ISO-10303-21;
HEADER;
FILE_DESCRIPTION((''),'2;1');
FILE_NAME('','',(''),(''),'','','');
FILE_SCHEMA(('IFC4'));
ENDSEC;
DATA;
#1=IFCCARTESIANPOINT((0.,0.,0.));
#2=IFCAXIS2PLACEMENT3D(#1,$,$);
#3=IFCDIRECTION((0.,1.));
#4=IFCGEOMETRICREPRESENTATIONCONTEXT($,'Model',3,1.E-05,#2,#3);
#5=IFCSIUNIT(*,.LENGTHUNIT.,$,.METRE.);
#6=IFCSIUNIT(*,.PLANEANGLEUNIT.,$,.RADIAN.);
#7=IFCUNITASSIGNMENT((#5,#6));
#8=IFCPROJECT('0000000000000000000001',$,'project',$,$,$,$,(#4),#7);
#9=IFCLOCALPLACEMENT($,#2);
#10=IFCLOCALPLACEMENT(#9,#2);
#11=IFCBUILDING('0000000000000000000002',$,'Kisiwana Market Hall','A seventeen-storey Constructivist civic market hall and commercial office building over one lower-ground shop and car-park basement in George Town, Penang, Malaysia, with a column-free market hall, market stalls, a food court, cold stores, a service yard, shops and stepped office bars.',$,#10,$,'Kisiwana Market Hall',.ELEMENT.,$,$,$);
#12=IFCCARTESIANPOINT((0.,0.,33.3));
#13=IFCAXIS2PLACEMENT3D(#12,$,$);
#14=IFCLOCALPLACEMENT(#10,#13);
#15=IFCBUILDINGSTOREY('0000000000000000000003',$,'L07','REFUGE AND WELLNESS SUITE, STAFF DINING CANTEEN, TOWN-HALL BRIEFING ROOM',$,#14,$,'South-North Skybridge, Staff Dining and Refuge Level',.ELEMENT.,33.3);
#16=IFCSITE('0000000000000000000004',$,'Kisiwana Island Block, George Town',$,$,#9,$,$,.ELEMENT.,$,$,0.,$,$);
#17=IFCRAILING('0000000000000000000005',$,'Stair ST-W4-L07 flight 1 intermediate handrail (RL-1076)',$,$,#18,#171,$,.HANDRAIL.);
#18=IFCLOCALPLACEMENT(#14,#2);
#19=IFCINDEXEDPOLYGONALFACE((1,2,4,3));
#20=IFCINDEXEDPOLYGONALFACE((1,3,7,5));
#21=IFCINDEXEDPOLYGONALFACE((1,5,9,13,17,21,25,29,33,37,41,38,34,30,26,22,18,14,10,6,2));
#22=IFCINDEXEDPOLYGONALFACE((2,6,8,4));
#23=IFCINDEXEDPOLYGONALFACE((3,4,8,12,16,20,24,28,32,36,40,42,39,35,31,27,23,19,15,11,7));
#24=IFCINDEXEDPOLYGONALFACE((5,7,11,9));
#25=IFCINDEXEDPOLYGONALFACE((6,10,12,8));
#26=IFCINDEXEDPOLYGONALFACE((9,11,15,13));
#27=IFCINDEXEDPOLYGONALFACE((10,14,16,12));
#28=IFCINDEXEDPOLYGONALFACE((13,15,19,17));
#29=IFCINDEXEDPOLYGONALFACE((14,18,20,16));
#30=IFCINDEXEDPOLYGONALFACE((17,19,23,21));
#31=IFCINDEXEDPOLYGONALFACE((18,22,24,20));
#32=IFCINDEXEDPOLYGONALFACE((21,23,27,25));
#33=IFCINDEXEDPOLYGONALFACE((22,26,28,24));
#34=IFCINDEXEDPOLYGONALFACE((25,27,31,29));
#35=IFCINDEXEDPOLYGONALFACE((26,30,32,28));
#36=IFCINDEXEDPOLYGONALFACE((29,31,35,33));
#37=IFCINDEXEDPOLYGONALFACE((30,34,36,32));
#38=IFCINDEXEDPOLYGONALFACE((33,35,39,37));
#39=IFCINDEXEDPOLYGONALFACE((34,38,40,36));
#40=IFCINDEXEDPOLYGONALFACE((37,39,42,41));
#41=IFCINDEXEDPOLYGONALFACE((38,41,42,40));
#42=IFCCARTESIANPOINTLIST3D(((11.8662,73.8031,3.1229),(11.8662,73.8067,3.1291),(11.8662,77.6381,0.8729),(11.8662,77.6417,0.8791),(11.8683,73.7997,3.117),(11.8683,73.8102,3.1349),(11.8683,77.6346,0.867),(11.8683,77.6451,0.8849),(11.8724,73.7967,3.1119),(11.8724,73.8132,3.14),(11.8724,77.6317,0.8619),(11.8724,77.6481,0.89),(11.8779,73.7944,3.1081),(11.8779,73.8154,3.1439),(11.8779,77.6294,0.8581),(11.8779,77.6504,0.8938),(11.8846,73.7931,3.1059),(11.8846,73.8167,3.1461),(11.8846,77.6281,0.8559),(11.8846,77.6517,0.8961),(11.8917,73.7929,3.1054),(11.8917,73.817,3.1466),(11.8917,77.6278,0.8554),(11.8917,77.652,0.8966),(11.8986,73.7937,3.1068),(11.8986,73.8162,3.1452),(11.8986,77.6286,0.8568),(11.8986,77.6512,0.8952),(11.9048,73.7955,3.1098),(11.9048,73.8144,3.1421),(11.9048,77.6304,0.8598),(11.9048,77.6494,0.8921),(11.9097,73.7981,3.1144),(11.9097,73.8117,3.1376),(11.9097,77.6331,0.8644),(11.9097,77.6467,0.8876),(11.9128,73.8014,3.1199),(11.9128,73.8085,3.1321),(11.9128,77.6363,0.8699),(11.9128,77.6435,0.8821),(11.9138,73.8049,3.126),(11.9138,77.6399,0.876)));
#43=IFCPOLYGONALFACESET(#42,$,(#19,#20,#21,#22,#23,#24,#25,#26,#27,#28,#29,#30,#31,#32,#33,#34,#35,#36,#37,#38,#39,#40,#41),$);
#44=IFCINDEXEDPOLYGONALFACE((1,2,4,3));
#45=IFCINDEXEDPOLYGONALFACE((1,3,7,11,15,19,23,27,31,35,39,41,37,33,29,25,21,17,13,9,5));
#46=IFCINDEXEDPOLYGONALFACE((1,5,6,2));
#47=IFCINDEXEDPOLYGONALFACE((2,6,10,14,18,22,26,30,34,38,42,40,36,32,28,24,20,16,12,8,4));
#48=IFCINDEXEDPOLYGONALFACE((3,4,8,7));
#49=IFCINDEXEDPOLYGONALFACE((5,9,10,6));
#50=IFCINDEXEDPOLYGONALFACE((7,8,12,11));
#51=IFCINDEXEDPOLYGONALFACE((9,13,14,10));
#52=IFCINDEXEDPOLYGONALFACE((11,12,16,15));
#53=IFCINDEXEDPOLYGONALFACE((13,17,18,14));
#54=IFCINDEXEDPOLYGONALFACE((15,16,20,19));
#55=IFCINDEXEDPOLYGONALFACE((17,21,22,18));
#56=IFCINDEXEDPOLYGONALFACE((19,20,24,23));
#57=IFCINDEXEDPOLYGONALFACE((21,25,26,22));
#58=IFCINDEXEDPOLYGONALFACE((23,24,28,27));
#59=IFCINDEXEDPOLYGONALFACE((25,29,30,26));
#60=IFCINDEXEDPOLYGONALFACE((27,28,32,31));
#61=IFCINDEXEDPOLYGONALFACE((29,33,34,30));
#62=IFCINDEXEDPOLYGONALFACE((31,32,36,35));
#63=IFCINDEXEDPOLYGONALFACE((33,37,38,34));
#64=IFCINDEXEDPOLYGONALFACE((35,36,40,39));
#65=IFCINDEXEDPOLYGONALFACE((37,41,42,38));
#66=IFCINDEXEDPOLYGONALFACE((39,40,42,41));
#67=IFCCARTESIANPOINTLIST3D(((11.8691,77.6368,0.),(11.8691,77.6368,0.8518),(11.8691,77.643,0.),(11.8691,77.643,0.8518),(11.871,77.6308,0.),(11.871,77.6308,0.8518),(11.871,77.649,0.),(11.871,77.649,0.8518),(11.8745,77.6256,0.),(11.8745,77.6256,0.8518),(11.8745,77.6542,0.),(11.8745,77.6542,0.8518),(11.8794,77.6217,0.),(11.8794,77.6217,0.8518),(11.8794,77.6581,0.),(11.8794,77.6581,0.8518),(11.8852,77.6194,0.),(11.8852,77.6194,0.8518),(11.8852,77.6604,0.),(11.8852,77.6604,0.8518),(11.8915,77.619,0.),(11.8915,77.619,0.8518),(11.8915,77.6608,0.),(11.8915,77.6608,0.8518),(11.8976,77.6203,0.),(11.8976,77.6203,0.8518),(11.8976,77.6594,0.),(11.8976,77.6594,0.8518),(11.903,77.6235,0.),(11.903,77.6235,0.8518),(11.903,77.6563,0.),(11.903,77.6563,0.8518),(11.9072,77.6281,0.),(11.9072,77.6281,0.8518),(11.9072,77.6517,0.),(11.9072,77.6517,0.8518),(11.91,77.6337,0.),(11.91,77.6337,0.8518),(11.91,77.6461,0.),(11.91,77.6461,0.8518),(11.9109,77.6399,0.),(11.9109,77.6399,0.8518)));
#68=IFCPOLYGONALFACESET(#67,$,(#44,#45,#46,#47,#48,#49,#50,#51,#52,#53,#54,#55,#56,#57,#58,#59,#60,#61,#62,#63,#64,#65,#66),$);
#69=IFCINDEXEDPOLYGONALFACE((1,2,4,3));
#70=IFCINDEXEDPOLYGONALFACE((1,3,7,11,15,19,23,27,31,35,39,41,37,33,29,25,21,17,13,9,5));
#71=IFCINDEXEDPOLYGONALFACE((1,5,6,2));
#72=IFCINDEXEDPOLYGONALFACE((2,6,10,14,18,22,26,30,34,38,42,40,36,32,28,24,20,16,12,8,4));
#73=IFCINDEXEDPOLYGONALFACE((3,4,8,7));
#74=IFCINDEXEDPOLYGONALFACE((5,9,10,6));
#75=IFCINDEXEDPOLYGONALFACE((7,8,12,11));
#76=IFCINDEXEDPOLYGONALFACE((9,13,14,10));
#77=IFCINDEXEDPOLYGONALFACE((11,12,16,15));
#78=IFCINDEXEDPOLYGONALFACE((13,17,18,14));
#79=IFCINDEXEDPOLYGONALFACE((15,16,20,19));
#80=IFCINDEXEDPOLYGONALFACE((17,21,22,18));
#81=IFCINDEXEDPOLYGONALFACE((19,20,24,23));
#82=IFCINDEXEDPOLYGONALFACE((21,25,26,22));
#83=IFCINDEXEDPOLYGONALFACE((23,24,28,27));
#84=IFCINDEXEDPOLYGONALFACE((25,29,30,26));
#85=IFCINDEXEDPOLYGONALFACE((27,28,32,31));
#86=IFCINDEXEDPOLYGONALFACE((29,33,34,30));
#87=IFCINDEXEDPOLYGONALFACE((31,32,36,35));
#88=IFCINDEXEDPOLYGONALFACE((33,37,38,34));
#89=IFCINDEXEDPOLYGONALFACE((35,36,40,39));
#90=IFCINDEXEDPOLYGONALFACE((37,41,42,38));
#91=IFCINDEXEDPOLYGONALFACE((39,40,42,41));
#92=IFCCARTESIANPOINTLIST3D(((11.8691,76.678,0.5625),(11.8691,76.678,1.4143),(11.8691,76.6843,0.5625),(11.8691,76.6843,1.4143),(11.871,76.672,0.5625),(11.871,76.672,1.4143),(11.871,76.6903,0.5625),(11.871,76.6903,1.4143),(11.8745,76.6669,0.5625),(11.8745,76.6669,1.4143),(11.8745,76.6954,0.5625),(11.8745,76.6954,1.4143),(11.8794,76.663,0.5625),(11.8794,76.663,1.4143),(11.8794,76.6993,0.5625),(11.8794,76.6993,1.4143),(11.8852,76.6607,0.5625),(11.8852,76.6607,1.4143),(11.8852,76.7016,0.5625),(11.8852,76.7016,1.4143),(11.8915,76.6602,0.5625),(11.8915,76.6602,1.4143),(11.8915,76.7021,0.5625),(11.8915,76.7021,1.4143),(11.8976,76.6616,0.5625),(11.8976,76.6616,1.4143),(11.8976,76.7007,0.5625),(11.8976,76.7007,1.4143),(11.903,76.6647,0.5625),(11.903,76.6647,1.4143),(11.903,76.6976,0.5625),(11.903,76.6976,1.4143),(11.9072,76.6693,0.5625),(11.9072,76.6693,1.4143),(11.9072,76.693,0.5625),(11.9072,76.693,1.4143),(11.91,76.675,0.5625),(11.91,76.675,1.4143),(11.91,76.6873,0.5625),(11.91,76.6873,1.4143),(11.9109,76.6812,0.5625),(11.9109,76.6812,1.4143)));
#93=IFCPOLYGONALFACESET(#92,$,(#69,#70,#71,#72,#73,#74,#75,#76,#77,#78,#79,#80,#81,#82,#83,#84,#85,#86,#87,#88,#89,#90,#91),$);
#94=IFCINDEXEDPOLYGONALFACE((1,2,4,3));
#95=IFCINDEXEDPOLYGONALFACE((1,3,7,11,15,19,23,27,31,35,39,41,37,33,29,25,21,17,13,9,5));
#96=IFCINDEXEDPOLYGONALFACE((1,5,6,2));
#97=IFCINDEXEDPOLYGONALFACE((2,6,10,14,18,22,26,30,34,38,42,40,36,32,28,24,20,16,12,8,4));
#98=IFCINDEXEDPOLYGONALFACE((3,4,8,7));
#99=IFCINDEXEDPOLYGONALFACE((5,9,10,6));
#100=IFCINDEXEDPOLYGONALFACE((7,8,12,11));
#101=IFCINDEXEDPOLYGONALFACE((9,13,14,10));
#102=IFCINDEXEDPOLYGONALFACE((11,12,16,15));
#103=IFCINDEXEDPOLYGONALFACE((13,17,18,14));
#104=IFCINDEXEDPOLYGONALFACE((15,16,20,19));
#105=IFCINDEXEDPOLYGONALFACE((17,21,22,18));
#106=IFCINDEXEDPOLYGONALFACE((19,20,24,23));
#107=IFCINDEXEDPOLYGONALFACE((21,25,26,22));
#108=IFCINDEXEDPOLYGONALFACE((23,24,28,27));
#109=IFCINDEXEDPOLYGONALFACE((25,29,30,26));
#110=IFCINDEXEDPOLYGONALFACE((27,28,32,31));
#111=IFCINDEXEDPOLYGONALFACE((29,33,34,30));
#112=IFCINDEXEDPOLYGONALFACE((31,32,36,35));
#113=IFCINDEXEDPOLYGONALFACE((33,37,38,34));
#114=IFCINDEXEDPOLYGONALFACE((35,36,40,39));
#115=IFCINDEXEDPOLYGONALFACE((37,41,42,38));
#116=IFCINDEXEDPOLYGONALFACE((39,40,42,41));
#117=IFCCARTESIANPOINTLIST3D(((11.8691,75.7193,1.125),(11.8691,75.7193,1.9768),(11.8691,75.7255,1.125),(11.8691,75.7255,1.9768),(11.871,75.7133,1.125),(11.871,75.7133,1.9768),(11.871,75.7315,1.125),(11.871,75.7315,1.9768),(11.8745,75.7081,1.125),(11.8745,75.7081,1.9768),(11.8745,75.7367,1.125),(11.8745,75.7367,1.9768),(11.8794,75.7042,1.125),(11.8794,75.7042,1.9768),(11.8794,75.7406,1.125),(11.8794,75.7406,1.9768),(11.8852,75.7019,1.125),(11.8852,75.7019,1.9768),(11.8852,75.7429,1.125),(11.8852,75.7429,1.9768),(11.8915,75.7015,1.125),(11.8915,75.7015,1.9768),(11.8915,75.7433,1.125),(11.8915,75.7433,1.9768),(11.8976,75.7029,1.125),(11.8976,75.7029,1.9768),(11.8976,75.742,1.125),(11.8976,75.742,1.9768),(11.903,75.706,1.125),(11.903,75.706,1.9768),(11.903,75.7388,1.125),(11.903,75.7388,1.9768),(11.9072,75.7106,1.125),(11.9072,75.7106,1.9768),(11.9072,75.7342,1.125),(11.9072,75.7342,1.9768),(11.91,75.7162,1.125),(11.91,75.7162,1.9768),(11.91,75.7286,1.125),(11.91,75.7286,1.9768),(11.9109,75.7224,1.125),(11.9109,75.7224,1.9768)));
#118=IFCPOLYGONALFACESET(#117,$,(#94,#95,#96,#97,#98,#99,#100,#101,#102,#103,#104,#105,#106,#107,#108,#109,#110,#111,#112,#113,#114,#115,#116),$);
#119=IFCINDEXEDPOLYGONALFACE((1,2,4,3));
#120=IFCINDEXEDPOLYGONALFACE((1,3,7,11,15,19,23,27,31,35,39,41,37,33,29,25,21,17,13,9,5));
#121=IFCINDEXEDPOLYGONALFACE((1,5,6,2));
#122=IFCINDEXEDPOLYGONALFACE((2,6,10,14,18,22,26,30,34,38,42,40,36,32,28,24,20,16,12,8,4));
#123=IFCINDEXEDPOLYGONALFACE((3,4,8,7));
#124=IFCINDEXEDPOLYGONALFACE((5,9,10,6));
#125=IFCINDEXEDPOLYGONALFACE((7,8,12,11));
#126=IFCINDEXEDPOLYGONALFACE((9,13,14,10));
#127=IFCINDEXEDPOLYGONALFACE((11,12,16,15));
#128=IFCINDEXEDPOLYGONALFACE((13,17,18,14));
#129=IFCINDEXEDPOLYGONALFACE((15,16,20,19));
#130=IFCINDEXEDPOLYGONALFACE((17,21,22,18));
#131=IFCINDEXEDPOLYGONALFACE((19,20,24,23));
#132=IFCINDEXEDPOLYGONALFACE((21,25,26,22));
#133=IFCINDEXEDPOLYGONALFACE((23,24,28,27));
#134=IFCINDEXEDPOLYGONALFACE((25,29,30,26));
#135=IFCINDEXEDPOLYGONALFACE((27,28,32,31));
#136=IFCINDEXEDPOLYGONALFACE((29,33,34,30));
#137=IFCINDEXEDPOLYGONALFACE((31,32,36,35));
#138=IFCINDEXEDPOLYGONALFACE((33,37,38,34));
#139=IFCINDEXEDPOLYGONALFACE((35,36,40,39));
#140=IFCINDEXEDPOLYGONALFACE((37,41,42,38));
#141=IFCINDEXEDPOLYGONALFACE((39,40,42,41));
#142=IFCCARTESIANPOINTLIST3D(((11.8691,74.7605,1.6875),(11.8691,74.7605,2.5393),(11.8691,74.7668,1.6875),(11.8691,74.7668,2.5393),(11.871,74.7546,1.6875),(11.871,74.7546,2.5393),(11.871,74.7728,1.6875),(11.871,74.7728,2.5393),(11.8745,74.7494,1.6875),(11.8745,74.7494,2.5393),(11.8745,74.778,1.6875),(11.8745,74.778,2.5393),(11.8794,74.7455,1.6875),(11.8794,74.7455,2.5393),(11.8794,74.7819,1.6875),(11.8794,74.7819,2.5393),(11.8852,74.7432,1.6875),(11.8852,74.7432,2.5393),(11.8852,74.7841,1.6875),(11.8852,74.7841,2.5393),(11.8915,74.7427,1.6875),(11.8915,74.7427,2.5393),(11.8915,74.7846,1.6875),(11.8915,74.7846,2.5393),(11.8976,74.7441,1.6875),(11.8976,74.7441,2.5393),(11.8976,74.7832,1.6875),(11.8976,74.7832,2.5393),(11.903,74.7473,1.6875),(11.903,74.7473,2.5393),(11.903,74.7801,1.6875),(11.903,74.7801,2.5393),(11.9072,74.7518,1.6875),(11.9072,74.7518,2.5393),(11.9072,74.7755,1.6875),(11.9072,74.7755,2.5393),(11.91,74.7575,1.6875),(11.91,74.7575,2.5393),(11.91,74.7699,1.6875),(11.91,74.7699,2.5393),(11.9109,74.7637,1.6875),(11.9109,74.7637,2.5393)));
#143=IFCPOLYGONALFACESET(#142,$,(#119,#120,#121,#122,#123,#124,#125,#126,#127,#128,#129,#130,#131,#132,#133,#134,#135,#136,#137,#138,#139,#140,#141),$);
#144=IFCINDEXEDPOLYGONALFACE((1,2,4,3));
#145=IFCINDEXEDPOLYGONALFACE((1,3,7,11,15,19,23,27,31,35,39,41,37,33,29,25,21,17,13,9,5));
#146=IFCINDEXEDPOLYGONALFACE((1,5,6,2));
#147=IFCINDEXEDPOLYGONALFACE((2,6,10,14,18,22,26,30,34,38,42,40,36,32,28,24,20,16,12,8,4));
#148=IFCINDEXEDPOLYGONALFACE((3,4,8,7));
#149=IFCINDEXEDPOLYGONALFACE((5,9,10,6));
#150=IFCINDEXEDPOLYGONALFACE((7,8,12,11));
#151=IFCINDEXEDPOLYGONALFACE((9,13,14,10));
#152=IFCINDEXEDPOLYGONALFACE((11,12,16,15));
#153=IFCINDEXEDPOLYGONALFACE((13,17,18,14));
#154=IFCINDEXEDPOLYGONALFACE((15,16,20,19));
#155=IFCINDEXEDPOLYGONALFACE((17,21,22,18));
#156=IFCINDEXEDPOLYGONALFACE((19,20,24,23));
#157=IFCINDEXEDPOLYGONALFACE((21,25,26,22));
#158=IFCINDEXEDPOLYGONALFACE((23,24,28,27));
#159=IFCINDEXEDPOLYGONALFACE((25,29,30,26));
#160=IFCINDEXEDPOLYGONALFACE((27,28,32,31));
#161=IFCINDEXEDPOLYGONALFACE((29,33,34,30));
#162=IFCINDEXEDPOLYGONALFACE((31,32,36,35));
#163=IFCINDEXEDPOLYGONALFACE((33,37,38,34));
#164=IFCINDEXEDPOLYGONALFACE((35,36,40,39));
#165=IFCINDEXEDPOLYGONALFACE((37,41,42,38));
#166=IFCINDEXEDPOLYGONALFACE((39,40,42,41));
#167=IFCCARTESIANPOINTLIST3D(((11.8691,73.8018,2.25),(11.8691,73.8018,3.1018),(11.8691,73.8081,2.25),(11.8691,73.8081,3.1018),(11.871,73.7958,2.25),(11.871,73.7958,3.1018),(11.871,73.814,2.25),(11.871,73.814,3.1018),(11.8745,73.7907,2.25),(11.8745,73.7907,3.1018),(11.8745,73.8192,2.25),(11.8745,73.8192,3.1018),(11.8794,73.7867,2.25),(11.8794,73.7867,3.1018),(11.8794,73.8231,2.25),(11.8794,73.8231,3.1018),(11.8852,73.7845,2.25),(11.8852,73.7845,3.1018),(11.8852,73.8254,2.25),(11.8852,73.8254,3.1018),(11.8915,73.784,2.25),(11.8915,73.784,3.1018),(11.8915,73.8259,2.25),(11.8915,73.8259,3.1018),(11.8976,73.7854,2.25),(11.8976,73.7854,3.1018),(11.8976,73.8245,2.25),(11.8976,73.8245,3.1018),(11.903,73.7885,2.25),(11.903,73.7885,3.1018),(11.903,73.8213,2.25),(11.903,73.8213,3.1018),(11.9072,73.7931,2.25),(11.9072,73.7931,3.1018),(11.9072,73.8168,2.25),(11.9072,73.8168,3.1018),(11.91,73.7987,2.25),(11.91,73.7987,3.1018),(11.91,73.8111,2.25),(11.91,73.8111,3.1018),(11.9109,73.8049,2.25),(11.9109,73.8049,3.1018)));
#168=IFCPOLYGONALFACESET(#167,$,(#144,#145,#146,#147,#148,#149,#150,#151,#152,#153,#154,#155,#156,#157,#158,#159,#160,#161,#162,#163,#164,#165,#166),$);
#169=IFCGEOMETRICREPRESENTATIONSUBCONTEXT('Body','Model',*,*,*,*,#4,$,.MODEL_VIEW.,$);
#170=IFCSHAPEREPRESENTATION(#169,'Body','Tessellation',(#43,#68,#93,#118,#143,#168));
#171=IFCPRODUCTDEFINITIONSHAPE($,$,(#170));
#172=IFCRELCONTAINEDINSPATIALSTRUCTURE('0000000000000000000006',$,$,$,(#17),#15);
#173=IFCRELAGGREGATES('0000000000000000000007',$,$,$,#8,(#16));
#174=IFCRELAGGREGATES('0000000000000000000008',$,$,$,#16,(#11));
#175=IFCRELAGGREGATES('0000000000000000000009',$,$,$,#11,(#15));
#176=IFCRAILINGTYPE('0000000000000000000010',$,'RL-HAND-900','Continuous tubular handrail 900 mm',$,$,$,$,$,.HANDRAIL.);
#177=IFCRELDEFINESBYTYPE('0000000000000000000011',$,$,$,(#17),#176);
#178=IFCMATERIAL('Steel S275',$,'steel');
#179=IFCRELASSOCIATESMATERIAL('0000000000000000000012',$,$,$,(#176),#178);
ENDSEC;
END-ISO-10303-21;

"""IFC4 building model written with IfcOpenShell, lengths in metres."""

from ifc_helpers import new_model, si_unit, direction, frame, origin, origin_2d, place, context, subcontext, project, spatial, circle, extrude, material, type_object, element, save


model = new_model("IFC4")

# Units and contexts
model_context = context("Model", 3, precision=1e-05, world=origin(), true_north=direction((0.0, 1.0)))
body_context = subcontext(model_context, "Body", "Model", "MODEL_VIEW")
ifc_project = project(units=[si_unit("LENGTHUNIT", "METRE"), si_unit("PLANEANGLEUNIT", "RADIAN")], contexts=[model_context])

# Site, building, storey
site_placement = place(None, origin())
site = spatial("IfcSite", under=ifc_project, at=site_placement, Name="Kisiwana Island Block, George Town", CompositionType="ELEMENT", RefElevation=0.0)
building_placement = place(site_placement, origin())
building = spatial("IfcBuilding", under=site, at=building_placement, Name="Kisiwana Market Hall", Description="A seventeen-storey Constructivist civic market hall and commercial office building over one lower-ground shop and car-park basement in George Town, Penang, Malaysia, with a column-free market hall, market stalls, a food court, cold stores, a service yard, shops and stepped office bars.", LongName="Kisiwana Market Hall", CompositionType="ELEMENT")
storey_placement = place(building_placement, frame((0.0, 0.0, 33.3)))
storey = spatial("IfcBuildingStorey", under=building, at=storey_placement, Name="L07", Description="REFUGE AND WELLNESS SUITE, STAFF DINING CANTEEN, TOWN-HALL BRIEFING ROOM", LongName="South-North Skybridge, Staff Dining and Refuge Level", CompositionType="ELEMENT", Elevation=33.3)

# Railing
ifc_material_1 = material(Name="Steel S275", Category="steel")
railing_type_1 = type_object("IfcRailingType", Name="RL-HAND-900", Description="Continuous tubular handrail 900 mm", PredefinedType="HANDRAIL", material=ifc_material_1)
railing_1_placement = place(storey_placement, frame((11.8899, 77.6399, 0.0)))
element("IfcRailing", 1, at=railing_1_placement, inside=storey, type_object=railing_type_1, Name="Stair ST-W4-L07 flight 1 intermediate handrail (RL-1076)", PredefinedType="HANDRAIL", context=body_context, shape_type="SweptSolid", body=[
    extrude(circle(Radius=0.0239, at=origin_2d()), frame((0.0, 0.0, 0.876), z_axis=(0.0, -0.86251, 0.506041), x_axis=(1.0, 0.0, 0.0)), (0.0, 0.0, 1.0), 4.4463),
    extrude(circle(Radius=0.021, at=origin_2d()), origin(), (0.0, 0.0, 1.0), 0.8518),
    extrude(circle(Radius=0.021, at=origin_2d()), frame((0.0, -0.9587, 0.5625)), (0.0, 0.0, 1.0), 0.8518),
    extrude(circle(Radius=0.021, at=origin_2d()), frame((0.0, -1.9175, 1.125)), (0.0, 0.0, 1.0), 0.8518),
    extrude(circle(Radius=0.021, at=origin_2d()), frame((0.0, -2.8762, 1.6875)), (0.0, 0.0, 1.0), 0.8518),
    extrude(circle(Radius=0.021, at=origin_2d()), frame((0.0, -3.835, 2.25)), (0.0, 0.0, 1.0), 0.8518),
])

save(model, "model.ifc")
